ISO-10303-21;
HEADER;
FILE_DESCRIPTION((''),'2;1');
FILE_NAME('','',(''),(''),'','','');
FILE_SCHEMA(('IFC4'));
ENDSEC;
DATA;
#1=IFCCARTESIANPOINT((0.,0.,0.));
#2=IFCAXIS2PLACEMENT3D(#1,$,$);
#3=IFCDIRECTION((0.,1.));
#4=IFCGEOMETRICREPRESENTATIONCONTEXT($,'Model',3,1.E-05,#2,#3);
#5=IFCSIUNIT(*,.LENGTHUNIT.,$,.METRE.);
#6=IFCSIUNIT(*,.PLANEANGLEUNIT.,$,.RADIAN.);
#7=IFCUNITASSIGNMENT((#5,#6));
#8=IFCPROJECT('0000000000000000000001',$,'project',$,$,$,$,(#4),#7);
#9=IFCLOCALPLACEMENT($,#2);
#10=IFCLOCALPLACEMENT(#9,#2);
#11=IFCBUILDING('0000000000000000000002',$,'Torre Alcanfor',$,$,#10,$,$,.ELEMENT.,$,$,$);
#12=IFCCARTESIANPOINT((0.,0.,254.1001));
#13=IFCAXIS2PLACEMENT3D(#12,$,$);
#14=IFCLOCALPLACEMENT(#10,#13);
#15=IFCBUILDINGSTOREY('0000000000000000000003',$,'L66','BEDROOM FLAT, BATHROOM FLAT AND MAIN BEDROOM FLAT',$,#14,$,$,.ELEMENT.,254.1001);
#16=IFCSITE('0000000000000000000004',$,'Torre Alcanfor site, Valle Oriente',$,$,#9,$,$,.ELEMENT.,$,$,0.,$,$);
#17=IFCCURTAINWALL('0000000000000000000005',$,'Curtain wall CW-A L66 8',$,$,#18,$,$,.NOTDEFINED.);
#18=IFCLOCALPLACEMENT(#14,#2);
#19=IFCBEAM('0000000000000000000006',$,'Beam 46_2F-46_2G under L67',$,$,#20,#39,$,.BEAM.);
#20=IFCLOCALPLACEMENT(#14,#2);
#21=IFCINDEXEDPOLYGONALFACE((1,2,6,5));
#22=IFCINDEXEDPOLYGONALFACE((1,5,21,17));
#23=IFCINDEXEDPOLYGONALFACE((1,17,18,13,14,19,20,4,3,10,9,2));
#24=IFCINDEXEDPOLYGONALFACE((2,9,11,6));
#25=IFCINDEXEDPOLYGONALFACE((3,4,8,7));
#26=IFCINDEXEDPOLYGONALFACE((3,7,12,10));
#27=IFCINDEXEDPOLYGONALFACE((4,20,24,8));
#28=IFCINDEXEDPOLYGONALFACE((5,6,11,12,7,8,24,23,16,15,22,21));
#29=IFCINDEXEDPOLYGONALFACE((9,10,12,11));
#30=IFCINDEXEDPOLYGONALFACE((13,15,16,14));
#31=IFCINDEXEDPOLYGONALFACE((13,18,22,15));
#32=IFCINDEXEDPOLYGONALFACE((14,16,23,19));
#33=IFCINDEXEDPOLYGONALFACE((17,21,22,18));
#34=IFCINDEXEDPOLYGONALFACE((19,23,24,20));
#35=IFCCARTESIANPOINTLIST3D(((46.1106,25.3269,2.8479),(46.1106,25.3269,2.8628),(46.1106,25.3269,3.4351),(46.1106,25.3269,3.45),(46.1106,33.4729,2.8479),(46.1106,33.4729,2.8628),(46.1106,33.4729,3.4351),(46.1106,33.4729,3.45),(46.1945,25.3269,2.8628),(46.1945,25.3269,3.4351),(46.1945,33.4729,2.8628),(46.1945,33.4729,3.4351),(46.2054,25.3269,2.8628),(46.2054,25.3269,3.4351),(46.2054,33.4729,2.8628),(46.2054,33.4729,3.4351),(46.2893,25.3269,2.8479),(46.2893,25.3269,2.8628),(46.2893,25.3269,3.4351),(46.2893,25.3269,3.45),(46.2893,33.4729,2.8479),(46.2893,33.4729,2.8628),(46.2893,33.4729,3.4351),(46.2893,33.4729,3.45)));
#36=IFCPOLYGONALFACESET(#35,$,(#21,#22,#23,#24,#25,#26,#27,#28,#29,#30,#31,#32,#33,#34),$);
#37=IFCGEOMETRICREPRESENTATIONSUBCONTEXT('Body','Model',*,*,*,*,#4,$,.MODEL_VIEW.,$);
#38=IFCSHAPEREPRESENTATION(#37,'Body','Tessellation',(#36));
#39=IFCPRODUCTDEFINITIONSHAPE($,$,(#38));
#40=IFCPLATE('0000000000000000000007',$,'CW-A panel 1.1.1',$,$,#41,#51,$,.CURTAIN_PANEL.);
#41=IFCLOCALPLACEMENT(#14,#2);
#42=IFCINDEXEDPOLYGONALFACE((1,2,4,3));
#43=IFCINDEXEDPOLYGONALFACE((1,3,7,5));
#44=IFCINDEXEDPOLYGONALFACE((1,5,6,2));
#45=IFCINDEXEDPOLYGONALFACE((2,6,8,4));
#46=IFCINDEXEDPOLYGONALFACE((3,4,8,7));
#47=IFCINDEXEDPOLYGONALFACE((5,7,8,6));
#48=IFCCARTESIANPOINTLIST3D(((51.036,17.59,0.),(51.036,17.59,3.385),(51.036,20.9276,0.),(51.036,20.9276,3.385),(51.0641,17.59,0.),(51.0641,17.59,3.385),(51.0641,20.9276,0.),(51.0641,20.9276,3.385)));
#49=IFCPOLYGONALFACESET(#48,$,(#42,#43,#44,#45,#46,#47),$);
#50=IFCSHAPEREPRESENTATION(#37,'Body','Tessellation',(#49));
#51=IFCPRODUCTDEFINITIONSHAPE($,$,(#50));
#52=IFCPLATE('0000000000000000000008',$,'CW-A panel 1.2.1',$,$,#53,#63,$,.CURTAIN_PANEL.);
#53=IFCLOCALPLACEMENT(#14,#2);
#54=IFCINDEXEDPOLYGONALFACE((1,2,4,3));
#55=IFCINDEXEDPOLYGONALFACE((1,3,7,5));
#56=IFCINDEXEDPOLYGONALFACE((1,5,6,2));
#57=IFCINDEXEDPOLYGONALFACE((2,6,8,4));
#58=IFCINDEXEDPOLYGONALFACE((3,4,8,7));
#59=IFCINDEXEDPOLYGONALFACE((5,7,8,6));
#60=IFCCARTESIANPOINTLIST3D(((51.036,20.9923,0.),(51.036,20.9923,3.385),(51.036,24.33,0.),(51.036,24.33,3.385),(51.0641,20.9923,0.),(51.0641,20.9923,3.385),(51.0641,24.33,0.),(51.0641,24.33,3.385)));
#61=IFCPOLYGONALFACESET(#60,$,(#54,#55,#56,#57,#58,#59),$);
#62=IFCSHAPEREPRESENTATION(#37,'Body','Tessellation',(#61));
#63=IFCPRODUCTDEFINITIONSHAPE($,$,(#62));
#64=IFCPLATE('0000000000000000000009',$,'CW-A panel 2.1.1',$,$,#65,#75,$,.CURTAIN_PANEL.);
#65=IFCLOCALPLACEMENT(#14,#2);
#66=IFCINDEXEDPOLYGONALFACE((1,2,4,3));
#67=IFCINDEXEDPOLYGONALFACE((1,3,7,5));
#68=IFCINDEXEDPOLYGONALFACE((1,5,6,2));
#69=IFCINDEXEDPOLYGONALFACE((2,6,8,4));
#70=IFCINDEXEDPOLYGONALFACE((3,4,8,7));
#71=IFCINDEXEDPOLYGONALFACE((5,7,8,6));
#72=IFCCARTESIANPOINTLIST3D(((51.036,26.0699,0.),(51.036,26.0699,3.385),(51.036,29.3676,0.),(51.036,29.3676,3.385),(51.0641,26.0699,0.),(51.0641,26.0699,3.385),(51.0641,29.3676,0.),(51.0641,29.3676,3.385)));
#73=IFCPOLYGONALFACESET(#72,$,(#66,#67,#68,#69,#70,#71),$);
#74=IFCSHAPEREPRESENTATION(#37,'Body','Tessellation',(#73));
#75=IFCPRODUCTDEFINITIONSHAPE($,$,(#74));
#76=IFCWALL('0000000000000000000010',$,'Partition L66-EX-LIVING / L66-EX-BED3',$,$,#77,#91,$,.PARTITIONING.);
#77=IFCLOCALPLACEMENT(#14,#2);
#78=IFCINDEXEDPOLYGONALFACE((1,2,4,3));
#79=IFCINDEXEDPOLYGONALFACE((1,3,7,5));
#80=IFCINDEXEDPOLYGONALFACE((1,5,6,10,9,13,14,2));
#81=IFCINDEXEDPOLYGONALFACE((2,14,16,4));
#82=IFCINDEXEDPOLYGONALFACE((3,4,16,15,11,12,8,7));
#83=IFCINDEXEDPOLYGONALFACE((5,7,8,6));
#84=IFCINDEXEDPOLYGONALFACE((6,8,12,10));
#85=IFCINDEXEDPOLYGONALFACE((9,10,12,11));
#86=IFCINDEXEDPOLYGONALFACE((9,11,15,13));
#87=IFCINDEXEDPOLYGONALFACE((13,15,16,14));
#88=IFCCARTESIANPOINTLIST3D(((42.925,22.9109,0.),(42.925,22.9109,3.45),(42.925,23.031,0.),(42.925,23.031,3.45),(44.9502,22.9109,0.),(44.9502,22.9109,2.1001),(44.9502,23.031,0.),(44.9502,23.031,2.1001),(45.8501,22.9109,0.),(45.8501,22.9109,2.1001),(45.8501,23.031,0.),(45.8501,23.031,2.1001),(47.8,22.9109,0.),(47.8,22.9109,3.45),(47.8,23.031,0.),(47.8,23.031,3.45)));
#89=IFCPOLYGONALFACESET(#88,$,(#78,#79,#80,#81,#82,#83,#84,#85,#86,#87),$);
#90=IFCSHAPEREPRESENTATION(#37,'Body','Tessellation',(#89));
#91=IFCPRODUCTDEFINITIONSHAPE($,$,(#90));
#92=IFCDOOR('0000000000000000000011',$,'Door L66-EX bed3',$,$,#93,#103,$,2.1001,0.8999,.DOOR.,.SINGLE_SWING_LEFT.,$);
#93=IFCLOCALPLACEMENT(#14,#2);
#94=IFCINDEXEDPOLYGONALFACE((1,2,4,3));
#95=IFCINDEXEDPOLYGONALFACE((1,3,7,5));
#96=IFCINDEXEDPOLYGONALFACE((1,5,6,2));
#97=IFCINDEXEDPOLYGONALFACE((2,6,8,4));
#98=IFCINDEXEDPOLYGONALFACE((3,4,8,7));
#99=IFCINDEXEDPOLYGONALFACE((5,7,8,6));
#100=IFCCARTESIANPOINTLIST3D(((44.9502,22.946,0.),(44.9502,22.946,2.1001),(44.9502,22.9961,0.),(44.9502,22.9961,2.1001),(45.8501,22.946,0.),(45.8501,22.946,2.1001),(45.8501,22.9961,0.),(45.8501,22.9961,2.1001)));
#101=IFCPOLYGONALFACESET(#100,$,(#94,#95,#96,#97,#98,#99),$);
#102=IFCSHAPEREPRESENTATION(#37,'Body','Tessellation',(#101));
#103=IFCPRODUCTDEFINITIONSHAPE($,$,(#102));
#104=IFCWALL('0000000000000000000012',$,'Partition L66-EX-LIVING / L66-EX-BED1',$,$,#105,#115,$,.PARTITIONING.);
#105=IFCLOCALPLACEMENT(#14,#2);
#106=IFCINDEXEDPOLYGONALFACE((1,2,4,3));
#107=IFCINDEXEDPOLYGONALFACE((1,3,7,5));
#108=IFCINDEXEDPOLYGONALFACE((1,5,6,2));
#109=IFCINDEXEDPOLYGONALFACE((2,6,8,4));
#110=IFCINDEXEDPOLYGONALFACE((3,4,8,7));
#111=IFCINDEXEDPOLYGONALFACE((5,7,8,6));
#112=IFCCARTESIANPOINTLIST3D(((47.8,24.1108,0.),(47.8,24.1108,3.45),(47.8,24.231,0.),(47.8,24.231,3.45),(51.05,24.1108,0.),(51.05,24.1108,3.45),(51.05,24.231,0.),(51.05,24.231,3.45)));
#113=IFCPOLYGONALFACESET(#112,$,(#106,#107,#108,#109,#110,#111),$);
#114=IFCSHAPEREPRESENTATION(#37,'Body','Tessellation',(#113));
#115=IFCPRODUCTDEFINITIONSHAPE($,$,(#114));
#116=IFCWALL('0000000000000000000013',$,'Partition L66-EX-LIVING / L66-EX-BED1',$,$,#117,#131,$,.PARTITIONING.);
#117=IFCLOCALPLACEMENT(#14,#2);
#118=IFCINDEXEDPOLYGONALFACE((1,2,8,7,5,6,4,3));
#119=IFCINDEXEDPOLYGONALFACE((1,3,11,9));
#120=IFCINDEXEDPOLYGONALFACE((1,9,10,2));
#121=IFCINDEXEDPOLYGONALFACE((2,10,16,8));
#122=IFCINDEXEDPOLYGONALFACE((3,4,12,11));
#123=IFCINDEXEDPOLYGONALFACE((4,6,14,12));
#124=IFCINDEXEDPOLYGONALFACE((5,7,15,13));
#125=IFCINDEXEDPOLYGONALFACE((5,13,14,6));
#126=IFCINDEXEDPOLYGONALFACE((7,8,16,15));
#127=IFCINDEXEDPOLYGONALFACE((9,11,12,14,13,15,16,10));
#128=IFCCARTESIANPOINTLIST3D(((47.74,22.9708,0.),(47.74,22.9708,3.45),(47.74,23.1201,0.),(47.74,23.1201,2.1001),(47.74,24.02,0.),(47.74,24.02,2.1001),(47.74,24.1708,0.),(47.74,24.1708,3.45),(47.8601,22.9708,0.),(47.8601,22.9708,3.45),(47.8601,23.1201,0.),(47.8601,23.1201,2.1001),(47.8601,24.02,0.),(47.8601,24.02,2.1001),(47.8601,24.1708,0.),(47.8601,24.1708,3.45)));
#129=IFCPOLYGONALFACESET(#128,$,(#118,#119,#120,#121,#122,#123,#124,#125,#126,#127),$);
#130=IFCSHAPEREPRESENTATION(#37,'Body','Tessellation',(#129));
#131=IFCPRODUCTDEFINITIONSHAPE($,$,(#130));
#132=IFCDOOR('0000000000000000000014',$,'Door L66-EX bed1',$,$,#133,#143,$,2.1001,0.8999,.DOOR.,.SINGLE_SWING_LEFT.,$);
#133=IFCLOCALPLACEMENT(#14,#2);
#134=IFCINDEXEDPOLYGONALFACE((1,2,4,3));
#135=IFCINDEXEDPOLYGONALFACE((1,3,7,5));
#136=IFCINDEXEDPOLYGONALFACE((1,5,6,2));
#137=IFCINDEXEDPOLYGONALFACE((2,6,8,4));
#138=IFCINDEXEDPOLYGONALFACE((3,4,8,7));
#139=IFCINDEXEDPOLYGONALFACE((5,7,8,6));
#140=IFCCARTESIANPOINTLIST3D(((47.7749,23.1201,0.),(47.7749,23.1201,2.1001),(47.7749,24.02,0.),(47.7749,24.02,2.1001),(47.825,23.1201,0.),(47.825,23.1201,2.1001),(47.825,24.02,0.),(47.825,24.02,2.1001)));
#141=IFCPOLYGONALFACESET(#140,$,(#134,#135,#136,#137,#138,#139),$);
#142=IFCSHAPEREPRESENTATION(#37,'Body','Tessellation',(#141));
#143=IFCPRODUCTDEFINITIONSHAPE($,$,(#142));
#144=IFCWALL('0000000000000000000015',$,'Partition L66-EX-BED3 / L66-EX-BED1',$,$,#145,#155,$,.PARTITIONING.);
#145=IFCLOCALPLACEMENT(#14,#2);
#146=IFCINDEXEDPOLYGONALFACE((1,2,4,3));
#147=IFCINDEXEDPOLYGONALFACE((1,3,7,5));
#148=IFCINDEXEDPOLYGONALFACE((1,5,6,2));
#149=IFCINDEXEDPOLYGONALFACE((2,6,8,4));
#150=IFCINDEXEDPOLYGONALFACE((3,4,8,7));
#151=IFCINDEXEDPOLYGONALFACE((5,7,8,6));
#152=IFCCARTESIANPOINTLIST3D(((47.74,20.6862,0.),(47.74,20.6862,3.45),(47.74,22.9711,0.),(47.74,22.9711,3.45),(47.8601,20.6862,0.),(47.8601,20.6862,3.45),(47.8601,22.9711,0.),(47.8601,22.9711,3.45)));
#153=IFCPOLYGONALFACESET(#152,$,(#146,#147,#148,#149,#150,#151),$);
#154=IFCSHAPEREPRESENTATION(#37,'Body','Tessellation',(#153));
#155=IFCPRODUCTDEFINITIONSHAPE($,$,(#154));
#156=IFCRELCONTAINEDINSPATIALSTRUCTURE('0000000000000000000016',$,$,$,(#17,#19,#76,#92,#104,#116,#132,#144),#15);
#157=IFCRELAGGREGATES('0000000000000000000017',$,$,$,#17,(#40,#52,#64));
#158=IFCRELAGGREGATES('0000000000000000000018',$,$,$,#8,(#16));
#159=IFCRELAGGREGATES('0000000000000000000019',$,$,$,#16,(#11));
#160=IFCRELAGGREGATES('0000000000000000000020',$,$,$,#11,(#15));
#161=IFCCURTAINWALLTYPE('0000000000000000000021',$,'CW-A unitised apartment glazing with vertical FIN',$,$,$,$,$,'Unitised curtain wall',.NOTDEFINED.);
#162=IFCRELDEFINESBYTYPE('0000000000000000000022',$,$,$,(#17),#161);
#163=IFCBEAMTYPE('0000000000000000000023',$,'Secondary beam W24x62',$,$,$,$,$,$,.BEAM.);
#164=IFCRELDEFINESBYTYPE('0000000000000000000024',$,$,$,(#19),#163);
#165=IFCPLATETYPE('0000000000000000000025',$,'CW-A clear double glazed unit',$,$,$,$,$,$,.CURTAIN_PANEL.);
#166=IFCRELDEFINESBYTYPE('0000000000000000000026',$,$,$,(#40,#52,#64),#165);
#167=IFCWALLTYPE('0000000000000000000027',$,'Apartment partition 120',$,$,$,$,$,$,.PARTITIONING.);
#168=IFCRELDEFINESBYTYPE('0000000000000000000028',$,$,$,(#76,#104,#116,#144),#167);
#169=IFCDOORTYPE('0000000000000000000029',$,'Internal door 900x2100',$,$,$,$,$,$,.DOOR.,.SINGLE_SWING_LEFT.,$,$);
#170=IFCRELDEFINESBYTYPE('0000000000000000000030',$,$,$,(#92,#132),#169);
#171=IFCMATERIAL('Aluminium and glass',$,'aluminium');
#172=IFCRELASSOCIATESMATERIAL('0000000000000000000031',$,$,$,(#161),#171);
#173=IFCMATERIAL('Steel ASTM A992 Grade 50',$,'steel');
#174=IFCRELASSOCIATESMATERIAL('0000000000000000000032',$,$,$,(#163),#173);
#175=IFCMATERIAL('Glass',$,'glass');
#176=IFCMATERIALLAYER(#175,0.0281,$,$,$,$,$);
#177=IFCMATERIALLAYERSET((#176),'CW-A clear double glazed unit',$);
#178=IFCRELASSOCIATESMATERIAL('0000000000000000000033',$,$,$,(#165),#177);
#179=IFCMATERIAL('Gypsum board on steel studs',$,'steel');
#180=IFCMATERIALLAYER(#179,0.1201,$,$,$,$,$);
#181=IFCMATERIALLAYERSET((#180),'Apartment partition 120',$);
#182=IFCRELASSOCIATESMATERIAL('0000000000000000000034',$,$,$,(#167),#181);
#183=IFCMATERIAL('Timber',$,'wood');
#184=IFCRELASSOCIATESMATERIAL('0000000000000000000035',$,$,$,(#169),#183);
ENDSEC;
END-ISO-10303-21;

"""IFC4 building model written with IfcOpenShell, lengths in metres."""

from ifc_helpers import new_model, si_unit, direction, frame, frame_2d, origin, origin_2d, place, context, subcontext, project, spatial, rectangle, i_section, extrude, material, layer, layer_set, material_profile, profile_set, type_object, element, fill, aggregate, save


model = new_model("IFC4")

# Units and contexts
model_context = context("Model", 3, precision=1e-05, world=origin(), true_north=direction((0.0, 1.0)))
body_context = subcontext(model_context, "Body", "Model", "MODEL_VIEW")
ifc_project = project(units=[si_unit("LENGTHUNIT", "METRE"), si_unit("PLANEANGLEUNIT", "RADIAN")], contexts=[model_context])

# Site, building, storey
site_placement = place(None, origin())
site = spatial("IfcSite", under=ifc_project, at=site_placement, Name="Torre Alcanfor site, Valle Oriente", CompositionType="ELEMENT", RefElevation=0.0)
building_placement = place(site_placement, origin())
building = spatial("IfcBuilding", under=site, at=building_placement, Name="Torre Alcanfor", CompositionType="ELEMENT")
storey_placement = place(building_placement, frame((0.0, 0.0, 254.1001)))
storey = spatial("IfcBuildingStorey", under=building, at=storey_placement, Name="L66", Description="BEDROOM FLAT, BATHROOM FLAT AND MAIN BEDROOM FLAT", CompositionType="ELEMENT", Elevation=254.1001)

# Curtain wall
ifc_material_1 = material(Name="Aluminium and glass", Category="aluminium")
curtain_wall_type = type_object("IfcCurtainWallType", Name="CW-A unitised apartment glazing with vertical FIN", ElementType="Unitised curtain wall", PredefinedType="NOTDEFINED", material=ifc_material_1)
curtain_wall_placement = place(storey_placement, origin())
curtain_wall = element("IfcCurtainWall", 1, at=curtain_wall_placement, inside=storey, type_object=curtain_wall_type, Name="Curtain wall CW-A L66 8", PredefinedType="NOTDEFINED")

# Beam
ifc_material_2 = material(Name="Steel ASTM A992 Grade 50", Category="steel")
ifc_material_profile_1 = material_profile(ifc_material_2, i_section(OverallWidth=0.1787, OverallDepth=0.6021, WebThickness=0.011, FlangeThickness=0.0149, at=origin_2d()), Name="W24x62")
ifc_profile_set_1 = profile_set([ifc_material_profile_1], Name="Steel ASTM A992 Grade 50")
beam_type_1 = type_object("IfcBeamType", Name="Secondary beam W24x62", PredefinedType="BEAM", material=ifc_profile_set_1)
beam_1_placement = place(storey_placement, frame((46.2, 25.3269, 3.1489), z_axis=(0.0, 1.0, 0.0), x_axis=(-1.0, 0.0, 0.0)))
element("IfcBeam", 2, at=beam_1_placement, inside=storey, type_object=beam_type_1, Name="Beam 46_2F-46_2G under L67", PredefinedType="BEAM", context=body_context, shape_type="SweptSolid", body=[
    extrude(i_section(OverallWidth=0.1787, OverallDepth=0.6021, WebThickness=0.011, FlangeThickness=0.0149, at=origin_2d()), origin(), (0.0, 0.0, 1.0), 8.146),
])

# Plates
ifc_material_3 = material(Name="Glass", Category="glass")
ifc_layer_1 = layer(ifc_material_3, 0.0281)
ifc_layer_set_1 = layer_set([ifc_layer_1], Name="CW-A clear double glazed unit")
plate_type = type_object("IfcPlateType", Name="CW-A clear double glazed unit", PredefinedType="CURTAIN_PANEL", material=ifc_layer_set_1)
plate_1_placement = place(storey_placement, frame((51.05, 19.2588, 0.0), z_axis=(0.0, 0.0, 1.0), x_axis=(0.0, 1.0, 0.0)))
plate_1 = element("IfcPlate", 3, at=plate_1_placement, type_object=plate_type, Name="CW-A panel 1.1.1", PredefinedType="CURTAIN_PANEL", context=body_context, shape_type="SweptSolid", body=[
    extrude(rectangle(XDim=3.3376, YDim=0.0281, at=origin_2d()), origin(), (0.0, 0.0, 1.0), 3.385),
])
plate_2_placement = place(storey_placement, frame((51.05, 22.6611, 0.0), z_axis=(0.0, 0.0, 1.0), x_axis=(0.0, 1.0, 0.0)))
plate_2 = element("IfcPlate", 4, at=plate_2_placement, type_object=plate_type, Name="CW-A panel 1.2.1", PredefinedType="CURTAIN_PANEL", context=body_context, shape_type="SweptSolid", body=[
    extrude(rectangle(XDim=3.3376, YDim=0.0281, at=origin_2d()), origin(), (0.0, 0.0, 1.0), 3.385),
])
plate_3_placement = place(storey_placement, frame((51.05, 27.7188, 0.0), z_axis=(0.0, 0.0, 1.0), x_axis=(0.0, 1.0, 0.0)))
plate_3 = element("IfcPlate", 5, at=plate_3_placement, type_object=plate_type, Name="CW-A panel 2.1.1", PredefinedType="CURTAIN_PANEL", context=body_context, shape_type="SweptSolid", body=[
    extrude(rectangle(XDim=3.2976, YDim=0.0281, at=origin_2d()), origin(), (0.0, 0.0, 1.0), 3.385),
])
aggregate(curtain_wall, [plate_1, plate_2, plate_3])

# Wall, opening, door
ifc_material_4 = material(Name="Gypsum board on steel studs", Category="steel")
ifc_layer_2 = layer(ifc_material_4, 0.1201)
ifc_layer_set_2 = layer_set([ifc_layer_2], Name="Apartment partition 120")
wall_type_1 = type_object("IfcWallType", Name="Apartment partition 120", PredefinedType="PARTITIONING", material=ifc_layer_set_2)
wall_1_placement = place(storey_placement, frame((47.8, 22.9709, 0.0), z_axis=(0.0, 0.0, 1.0), x_axis=(-1.0, 0.0, 0.0)))
wall_1 = element("IfcWall", 6, at=wall_1_placement, inside=storey, type_object=wall_type_1, Name="Partition L66-EX-LIVING / L66-EX-BED3", PredefinedType="PARTITIONING", context=body_context, shape_type="SweptSolid", body=[
    extrude(rectangle(XDim=4.875, YDim=0.1201, at=frame_2d((2.4375, 0.0))), origin(), (0.0, 0.0, 1.0), 3.45),
])
opening_1_placement = place(wall_1_placement, frame((1.95, 0.0, 0.0)))
opening_1 = element("IfcOpeningElement", 7, at=opening_1_placement, cuts=wall_1, PredefinedType="OPENING", context=body_context, shape_type="SweptSolid", body=[
    extrude(rectangle(XDim=0.8999, YDim=2.1001, at=frame_2d((0.45, 1.05))), frame((0.0, 0.0701, 0.0), z_axis=(0.0, -1.0, 0.0), x_axis=(1.0, 0.0, 0.0)), (0.0, 0.0, 1.0), 0.1401),
])
ifc_material_5 = material(Name="Timber", Category="wood")
door_type_1 = type_object("IfcDoorType", Name="Internal door 900x2100", OperationType="SINGLE_SWING_LEFT", PredefinedType="DOOR", material=ifc_material_5)
door_1_placement = place(opening_1_placement, origin())
door_1 = element("IfcDoor", 8, at=door_1_placement, inside=storey, type_object=door_type_1, Name="Door L66-EX bed3", OperationType="SINGLE_SWING_LEFT", OverallHeight=2.1001, OverallWidth=0.8999, PredefinedType="DOOR", context=body_context, shape_type="SweptSolid", body=[
    extrude(rectangle(XDim=0.8999, YDim=2.1001, at=frame_2d((0.45, 1.05))), frame((0.0, 0.0249, 0.0), z_axis=(0.0, -1.0, 0.0), x_axis=(1.0, 0.0, 0.0)), (0.0, 0.0, 1.0), 0.05),
])
fill(opening_1, door_1)

# Wall
wall_2_placement = place(storey_placement, frame((51.05, 24.1709, 0.0), z_axis=(0.0, 0.0, 1.0), x_axis=(-1.0, 0.0, 0.0)))
element("IfcWall", 9, at=wall_2_placement, inside=storey, type_object=wall_type_1, Name="Partition L66-EX-LIVING / L66-EX-BED1", PredefinedType="PARTITIONING", context=body_context, shape_type="SweptSolid", body=[
    extrude(rectangle(XDim=3.25, YDim=0.1201, at=frame_2d((1.625, 0.0))), origin(), (0.0, 0.0, 1.0), 3.45),
])

# Wall, opening, door
wall_3_placement = place(storey_placement, frame((47.8, 24.1709, 0.0), z_axis=(0.0, 0.0, 1.0), x_axis=(0.0, -1.0, 0.0)))
wall_3 = element("IfcWall", 10, at=wall_3_placement, inside=storey, type_object=wall_type_1, Name="Partition L66-EX-LIVING / L66-EX-BED1", PredefinedType="PARTITIONING", context=body_context, shape_type="SweptSolid", body=[
    extrude(rectangle(XDim=1.2, YDim=0.1201, at=frame_2d((0.6001, 0.0))), origin(), (0.0, 0.0, 1.0), 3.45),
])
opening_2_placement = place(wall_3_placement, frame((0.1509, 0.0, 0.0)))
opening_2 = element("IfcOpeningElement", 11, at=opening_2_placement, cuts=wall_3, PredefinedType="OPENING", context=body_context, shape_type="SweptSolid", body=[
    extrude(rectangle(XDim=0.8999, YDim=2.1001, at=frame_2d((0.45, 1.05))), frame((0.0, 0.0701, 0.0), z_axis=(0.0, -1.0, 0.0), x_axis=(1.0, 0.0, 0.0)), (0.0, 0.0, 1.0), 0.1401),
])
door_2_placement = place(opening_2_placement, origin())
door_2 = element("IfcDoor", 12, at=door_2_placement, inside=storey, type_object=door_type_1, Name="Door L66-EX bed1", OperationType="SINGLE_SWING_LEFT", OverallHeight=2.1001, OverallWidth=0.8999, PredefinedType="DOOR", context=body_context, shape_type="SweptSolid", body=[
    extrude(rectangle(XDim=0.8999, YDim=2.1001, at=frame_2d((0.45, 1.05))), frame((0.0, 0.0249, 0.0), z_axis=(0.0, -1.0, 0.0), x_axis=(1.0, 0.0, 0.0)), (0.0, 0.0, 1.0), 0.05),
])
fill(opening_2, door_2)

# Wall
wall_4_placement = place(storey_placement, frame((47.8, 20.686, 0.0), z_axis=(0.0, 0.0, 1.0), x_axis=(0.0, 1.0, 0.0)))
element("IfcWall", 13, at=wall_4_placement, inside=storey, type_object=wall_type_1, Name="Partition L66-EX-BED3 / L66-EX-BED1", PredefinedType="PARTITIONING", context=body_context, shape_type="SweptSolid", body=[
    extrude(rectangle(XDim=2.2849, YDim=0.1201, at=frame_2d((1.1426, 0.0))), origin(), (0.0, 0.0, 1.0), 3.45),
])

save(model, "model.ifc")
